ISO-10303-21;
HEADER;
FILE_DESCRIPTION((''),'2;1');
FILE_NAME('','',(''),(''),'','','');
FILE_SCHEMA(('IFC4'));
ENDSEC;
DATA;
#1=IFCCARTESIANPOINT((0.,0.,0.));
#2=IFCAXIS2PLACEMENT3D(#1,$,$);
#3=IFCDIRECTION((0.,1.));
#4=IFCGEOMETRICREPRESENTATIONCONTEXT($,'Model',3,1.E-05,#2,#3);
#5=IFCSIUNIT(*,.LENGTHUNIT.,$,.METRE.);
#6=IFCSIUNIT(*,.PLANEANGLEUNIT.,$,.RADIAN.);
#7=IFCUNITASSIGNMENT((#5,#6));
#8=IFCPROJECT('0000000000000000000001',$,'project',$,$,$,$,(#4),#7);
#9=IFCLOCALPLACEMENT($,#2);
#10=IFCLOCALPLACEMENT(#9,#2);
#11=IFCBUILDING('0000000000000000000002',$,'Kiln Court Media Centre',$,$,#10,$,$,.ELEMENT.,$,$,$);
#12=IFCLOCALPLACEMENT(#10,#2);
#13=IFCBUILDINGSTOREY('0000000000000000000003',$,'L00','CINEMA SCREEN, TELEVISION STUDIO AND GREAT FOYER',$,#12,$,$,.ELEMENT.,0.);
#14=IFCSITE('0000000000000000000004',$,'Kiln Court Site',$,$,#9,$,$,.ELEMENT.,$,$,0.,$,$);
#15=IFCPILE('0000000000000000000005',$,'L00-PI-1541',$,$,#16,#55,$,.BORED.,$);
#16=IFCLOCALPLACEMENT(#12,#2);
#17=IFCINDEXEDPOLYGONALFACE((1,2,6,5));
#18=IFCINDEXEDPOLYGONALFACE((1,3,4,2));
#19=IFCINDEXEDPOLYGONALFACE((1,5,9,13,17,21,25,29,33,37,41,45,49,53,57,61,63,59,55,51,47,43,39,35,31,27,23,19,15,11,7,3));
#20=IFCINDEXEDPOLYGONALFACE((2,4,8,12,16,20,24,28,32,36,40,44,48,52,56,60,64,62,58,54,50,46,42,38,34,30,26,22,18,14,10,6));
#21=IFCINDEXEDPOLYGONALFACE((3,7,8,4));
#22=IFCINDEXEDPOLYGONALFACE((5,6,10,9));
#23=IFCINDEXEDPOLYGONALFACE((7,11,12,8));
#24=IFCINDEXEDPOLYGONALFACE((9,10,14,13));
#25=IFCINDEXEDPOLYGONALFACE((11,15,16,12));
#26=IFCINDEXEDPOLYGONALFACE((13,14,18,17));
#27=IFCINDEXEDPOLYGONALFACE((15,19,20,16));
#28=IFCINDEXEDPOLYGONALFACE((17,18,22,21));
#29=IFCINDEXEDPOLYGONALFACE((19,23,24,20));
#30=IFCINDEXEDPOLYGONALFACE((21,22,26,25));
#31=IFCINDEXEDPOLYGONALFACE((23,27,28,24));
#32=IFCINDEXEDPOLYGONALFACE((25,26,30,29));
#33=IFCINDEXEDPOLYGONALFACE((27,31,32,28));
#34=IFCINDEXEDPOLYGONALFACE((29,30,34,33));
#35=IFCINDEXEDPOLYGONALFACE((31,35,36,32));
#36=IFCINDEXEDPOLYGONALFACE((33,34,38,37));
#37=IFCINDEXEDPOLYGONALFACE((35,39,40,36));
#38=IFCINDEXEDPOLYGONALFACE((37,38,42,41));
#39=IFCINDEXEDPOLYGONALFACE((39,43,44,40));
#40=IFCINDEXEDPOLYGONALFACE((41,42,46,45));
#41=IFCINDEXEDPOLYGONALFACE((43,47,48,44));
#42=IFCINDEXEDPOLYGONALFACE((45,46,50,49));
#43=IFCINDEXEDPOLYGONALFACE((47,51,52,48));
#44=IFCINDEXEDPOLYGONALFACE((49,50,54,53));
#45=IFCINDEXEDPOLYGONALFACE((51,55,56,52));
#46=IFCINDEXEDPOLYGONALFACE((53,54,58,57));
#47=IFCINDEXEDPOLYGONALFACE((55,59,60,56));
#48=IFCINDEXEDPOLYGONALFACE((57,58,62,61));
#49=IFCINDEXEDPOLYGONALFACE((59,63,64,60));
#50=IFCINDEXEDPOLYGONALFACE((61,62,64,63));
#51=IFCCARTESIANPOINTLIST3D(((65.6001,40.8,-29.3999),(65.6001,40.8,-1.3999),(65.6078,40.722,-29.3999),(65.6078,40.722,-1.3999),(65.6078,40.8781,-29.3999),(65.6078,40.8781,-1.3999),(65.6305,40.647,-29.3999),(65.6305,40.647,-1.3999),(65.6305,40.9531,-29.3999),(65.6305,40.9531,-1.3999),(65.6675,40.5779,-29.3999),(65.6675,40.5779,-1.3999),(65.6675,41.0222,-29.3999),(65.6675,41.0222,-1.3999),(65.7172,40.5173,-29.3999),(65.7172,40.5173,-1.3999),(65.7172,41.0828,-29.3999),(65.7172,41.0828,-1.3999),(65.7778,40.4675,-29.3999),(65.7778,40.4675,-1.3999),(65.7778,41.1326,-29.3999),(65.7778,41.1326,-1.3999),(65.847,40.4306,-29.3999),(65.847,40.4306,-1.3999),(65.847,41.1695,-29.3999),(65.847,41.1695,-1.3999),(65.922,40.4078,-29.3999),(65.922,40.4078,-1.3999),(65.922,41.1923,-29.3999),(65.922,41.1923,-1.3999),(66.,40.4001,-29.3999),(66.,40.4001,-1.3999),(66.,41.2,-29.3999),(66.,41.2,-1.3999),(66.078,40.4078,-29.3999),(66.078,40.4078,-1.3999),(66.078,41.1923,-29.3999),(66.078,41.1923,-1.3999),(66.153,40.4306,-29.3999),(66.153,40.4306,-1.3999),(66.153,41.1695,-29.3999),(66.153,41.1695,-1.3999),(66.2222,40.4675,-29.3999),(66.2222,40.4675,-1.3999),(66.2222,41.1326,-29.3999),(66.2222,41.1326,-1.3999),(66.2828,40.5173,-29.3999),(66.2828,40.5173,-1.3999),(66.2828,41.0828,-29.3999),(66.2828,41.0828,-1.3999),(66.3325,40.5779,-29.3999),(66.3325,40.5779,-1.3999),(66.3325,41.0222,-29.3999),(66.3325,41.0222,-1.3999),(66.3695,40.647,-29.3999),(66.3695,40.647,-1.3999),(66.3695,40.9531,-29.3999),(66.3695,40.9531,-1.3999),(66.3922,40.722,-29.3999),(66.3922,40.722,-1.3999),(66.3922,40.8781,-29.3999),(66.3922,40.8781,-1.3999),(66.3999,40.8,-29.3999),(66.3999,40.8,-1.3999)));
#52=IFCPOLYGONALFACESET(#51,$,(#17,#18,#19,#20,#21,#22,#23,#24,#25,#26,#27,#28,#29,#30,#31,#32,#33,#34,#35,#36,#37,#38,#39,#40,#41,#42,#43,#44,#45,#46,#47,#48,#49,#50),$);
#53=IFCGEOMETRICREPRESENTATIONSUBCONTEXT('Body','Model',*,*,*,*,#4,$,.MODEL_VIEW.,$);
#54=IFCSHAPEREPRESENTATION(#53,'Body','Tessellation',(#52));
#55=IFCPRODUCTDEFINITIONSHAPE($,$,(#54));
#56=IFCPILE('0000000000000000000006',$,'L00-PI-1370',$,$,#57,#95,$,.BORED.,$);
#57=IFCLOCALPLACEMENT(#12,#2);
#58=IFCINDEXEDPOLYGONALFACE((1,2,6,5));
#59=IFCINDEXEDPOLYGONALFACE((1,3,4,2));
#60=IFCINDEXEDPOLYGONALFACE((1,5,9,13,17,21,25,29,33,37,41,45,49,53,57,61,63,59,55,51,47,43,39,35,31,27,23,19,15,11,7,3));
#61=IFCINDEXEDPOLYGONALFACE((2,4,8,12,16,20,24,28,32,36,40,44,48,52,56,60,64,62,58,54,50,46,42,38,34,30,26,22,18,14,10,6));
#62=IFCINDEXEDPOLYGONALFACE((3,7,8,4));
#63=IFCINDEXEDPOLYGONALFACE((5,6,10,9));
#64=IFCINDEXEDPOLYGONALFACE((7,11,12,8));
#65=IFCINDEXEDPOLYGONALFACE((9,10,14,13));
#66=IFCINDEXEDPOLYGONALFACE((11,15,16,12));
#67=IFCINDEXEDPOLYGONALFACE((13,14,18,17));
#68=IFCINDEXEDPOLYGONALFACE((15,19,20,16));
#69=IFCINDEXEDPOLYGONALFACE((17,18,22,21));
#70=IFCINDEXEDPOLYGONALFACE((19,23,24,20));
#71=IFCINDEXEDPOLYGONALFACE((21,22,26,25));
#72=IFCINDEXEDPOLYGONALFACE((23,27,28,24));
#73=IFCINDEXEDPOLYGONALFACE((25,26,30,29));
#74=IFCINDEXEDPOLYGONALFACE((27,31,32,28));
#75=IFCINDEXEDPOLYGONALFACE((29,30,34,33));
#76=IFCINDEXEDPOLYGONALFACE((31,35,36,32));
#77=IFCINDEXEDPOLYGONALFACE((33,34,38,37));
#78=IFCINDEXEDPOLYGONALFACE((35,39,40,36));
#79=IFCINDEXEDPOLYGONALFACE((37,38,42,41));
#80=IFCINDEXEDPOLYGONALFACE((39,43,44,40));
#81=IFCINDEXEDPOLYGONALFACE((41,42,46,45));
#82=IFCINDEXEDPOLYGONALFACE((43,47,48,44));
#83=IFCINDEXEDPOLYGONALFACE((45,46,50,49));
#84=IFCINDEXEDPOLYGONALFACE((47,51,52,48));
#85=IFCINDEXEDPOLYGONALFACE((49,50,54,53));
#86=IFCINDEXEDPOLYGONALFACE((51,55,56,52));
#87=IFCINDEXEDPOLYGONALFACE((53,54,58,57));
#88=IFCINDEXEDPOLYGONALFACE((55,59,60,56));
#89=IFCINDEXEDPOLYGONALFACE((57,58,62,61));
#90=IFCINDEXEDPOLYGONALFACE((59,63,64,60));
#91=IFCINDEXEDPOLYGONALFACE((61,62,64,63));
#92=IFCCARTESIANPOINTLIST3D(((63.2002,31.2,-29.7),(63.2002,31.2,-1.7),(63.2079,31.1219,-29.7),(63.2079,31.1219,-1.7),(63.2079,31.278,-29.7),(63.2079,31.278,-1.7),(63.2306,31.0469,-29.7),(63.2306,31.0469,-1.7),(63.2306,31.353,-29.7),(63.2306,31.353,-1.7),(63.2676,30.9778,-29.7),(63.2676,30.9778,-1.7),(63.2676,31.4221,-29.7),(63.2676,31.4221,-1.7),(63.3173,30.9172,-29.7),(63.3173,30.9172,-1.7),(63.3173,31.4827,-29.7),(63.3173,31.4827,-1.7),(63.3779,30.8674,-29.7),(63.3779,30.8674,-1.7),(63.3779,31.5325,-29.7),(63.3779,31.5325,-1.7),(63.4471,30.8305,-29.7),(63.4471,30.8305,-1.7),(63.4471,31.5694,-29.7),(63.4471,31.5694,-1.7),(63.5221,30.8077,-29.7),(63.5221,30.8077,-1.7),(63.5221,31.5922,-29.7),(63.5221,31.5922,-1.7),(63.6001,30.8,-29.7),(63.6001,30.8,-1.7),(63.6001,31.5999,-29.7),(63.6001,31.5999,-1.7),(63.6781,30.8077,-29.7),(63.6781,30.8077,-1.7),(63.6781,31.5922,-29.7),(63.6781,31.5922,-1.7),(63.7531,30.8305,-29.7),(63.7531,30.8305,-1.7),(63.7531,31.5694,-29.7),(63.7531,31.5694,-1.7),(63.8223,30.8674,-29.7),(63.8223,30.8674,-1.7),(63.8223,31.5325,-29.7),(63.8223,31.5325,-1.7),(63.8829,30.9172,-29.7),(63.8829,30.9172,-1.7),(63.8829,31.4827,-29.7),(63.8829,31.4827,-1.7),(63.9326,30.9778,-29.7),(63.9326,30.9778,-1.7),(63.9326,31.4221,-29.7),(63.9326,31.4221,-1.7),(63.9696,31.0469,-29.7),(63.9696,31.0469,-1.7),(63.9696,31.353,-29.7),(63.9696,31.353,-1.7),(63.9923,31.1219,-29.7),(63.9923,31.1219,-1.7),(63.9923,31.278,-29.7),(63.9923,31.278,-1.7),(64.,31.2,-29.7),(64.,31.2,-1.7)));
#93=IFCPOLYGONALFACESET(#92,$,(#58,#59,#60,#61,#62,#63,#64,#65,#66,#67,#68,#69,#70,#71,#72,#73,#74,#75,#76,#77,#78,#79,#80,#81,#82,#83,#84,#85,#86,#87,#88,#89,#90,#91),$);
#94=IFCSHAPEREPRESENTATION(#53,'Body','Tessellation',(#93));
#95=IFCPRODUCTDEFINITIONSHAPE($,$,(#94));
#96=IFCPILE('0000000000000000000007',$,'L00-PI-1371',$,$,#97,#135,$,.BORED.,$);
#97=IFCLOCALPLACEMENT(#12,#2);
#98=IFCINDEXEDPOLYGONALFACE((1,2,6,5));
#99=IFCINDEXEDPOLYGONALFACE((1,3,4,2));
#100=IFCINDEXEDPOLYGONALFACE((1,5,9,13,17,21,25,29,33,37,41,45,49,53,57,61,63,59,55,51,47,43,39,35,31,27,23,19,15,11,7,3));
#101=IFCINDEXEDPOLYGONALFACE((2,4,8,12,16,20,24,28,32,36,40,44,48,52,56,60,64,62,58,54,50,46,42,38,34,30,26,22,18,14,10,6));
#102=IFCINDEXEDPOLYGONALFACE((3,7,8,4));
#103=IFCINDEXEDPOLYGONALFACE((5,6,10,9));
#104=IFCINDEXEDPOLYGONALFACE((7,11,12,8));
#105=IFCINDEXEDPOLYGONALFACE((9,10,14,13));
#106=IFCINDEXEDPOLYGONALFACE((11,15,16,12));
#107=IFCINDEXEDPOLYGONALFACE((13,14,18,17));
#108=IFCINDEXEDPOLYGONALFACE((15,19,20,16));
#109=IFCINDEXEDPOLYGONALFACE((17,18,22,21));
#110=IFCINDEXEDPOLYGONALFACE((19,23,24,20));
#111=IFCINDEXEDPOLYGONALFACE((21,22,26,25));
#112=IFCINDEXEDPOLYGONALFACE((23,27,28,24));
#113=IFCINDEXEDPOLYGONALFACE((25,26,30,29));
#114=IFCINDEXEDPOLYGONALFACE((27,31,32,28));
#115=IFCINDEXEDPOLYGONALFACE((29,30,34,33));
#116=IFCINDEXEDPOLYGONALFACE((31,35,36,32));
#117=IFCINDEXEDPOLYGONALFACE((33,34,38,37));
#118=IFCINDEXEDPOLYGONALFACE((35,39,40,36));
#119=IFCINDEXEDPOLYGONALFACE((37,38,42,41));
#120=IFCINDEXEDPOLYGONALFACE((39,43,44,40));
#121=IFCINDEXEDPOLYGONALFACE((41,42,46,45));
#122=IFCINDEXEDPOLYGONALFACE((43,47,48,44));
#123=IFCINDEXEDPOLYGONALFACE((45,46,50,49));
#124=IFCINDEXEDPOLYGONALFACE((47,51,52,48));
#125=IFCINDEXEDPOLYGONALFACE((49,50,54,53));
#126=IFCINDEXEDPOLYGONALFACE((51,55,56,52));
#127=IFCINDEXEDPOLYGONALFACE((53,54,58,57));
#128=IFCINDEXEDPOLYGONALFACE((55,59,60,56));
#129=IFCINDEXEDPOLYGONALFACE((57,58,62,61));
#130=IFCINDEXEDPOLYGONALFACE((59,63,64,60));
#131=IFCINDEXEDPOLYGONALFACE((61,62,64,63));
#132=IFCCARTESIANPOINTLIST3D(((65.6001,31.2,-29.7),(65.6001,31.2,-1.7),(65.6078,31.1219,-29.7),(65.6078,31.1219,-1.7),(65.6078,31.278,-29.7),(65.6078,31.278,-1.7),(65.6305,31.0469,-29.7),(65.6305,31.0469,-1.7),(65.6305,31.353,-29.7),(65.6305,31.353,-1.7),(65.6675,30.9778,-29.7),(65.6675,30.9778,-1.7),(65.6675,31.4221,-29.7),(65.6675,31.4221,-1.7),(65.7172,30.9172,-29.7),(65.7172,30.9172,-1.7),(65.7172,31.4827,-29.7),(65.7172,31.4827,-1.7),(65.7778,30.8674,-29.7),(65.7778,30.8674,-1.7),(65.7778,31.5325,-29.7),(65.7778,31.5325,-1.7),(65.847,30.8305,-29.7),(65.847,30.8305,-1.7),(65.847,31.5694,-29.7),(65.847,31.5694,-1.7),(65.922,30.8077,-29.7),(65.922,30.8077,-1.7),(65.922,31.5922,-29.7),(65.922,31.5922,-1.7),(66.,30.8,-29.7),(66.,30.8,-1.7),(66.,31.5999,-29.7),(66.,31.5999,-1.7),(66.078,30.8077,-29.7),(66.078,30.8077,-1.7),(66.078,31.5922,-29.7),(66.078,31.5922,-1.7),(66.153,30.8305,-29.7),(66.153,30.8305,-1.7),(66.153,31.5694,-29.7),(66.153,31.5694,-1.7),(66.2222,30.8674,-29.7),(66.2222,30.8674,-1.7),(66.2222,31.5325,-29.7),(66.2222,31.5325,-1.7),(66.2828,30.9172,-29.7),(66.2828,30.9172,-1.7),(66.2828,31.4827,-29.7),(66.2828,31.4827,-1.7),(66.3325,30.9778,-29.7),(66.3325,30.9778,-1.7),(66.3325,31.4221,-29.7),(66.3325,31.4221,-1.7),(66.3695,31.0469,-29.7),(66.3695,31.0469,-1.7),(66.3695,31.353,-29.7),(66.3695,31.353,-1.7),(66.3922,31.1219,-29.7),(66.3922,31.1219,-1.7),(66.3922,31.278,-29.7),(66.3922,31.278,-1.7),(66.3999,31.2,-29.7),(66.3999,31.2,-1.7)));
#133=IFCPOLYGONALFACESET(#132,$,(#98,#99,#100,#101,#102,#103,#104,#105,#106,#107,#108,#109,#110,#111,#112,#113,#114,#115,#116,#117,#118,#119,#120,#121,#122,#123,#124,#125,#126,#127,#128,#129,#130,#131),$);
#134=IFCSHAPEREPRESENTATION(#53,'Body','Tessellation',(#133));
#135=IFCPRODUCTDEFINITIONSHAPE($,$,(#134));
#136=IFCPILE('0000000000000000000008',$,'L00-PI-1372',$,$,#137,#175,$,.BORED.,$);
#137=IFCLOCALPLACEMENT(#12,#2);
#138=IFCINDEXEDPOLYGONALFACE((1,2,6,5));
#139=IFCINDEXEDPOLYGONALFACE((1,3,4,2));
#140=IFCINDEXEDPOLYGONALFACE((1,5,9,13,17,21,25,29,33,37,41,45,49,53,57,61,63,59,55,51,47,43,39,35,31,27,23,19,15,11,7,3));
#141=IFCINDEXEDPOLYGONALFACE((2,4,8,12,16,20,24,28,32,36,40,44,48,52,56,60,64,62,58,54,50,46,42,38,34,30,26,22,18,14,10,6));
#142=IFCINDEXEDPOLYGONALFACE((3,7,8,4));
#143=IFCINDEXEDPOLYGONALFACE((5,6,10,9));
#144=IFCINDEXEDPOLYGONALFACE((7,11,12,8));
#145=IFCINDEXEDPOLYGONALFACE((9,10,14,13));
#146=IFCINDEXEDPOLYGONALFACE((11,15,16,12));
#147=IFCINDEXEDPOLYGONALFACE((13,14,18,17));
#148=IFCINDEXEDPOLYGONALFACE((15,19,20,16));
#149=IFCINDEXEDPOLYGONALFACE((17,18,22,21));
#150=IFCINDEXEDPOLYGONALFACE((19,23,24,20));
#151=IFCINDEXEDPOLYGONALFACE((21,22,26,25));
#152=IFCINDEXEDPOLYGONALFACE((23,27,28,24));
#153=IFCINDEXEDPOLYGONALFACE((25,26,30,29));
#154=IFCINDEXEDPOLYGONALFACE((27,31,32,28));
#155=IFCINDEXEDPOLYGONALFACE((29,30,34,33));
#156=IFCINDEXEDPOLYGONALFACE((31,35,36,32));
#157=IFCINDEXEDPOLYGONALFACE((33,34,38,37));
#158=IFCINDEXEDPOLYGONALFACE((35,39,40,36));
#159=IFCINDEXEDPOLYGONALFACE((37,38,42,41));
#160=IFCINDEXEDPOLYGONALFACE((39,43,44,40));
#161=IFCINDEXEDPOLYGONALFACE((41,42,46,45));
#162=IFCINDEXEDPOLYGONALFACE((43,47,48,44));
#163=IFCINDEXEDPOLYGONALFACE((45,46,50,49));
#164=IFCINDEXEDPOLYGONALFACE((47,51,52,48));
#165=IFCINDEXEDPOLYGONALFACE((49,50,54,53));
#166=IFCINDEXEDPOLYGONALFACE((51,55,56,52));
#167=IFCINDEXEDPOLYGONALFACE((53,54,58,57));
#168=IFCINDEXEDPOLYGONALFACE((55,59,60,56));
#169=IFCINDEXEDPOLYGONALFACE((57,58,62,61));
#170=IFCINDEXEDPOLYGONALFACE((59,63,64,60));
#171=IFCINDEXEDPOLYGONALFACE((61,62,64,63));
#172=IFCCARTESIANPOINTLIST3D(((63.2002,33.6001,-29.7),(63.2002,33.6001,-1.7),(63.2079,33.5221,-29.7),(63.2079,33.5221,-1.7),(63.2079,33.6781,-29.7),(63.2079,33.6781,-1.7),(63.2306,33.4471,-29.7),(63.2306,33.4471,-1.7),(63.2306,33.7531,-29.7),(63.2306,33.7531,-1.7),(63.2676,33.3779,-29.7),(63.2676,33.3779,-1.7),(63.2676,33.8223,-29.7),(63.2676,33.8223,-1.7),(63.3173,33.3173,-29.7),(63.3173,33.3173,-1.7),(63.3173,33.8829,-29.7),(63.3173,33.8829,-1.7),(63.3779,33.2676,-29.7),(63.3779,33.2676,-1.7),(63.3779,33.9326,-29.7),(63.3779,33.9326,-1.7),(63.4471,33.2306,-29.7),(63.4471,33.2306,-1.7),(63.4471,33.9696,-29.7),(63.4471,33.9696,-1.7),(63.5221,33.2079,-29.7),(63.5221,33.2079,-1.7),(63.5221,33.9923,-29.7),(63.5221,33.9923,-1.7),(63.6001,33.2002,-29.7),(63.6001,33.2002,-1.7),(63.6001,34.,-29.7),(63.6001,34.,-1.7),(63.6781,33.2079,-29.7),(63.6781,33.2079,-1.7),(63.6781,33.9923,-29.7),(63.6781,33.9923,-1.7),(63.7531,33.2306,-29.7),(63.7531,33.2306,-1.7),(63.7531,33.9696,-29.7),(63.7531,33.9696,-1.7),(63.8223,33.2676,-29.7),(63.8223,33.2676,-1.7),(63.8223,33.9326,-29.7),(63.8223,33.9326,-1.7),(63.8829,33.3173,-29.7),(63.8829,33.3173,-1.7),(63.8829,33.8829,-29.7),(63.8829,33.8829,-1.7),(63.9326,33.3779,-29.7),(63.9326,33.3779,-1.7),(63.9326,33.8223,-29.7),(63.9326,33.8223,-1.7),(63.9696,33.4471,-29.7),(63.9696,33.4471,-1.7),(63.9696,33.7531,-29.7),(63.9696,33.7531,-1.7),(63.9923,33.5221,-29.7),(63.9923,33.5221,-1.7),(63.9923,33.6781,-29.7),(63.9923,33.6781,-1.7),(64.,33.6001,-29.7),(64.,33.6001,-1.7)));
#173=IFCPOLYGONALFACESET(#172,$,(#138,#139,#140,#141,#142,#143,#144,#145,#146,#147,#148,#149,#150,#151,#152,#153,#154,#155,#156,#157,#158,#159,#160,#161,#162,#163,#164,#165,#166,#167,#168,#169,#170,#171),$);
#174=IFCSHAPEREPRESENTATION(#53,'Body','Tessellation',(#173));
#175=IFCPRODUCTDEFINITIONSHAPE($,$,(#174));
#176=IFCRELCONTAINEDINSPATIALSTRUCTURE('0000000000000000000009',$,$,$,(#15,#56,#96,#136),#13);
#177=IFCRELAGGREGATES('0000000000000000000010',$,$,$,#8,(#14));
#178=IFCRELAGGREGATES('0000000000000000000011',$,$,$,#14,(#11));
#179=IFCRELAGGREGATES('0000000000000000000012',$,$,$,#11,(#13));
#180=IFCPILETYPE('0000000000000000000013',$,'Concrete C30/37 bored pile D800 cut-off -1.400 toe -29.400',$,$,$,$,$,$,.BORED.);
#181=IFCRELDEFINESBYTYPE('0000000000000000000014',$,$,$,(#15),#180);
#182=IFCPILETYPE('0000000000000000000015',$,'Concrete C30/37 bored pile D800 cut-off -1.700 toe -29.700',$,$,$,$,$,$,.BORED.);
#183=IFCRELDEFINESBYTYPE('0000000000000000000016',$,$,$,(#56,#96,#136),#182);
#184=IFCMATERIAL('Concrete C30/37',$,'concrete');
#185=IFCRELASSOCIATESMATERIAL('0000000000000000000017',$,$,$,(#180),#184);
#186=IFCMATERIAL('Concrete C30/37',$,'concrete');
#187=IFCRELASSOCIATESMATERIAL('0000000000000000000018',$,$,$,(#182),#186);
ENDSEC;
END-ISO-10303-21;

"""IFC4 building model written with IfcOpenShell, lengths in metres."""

from ifc_helpers import new_model, si_unit, direction, frame, origin, origin_2d, place, context, subcontext, project, spatial, circle, extrude, material, material_profile, profile_set, type_object, element, save


model = new_model("IFC4")

# Units and contexts
model_context = context("Model", 3, precision=1e-05, world=origin(), true_north=direction((0.0, 1.0)))
body_context = subcontext(model_context, "Body", "Model", "MODEL_VIEW")
ifc_project = project(units=[si_unit("LENGTHUNIT", "METRE"), si_unit("PLANEANGLEUNIT", "RADIAN")], contexts=[model_context])

# Site, building, storey
site_placement = place(None, origin())
site = spatial("IfcSite", under=ifc_project, at=site_placement, Name="Kiln Court Site", CompositionType="ELEMENT", RefElevation=0.0)
building_placement = place(site_placement, origin())
building = spatial("IfcBuilding", under=site, at=building_placement, Name="Kiln Court Media Centre", CompositionType="ELEMENT")
storey_placement = place(building_placement, origin())
storey = spatial("IfcBuildingStorey", under=building, at=storey_placement, Name="L00", Description="CINEMA SCREEN, TELEVISION STUDIO AND GREAT FOYER", CompositionType="ELEMENT", Elevation=0.0)

# Piles
ifc_material_1 = material(Name="Concrete C30/37", Category="concrete")
ifc_material_profile_1 = material_profile(ifc_material_1, circle(Radius=0.3999, at=origin_2d()), Name="PILE D800")
ifc_profile_set_1 = profile_set([ifc_material_profile_1], Name="Concrete C30/37")
pile_type_1 = type_object("IfcPileType", Name="Concrete C30/37 bored pile D800 cut-off -1.400 toe -29.400", PredefinedType="BORED", material=ifc_profile_set_1)
pile_placement = place(storey_placement, frame((66.0, 40.8, -1.3999), z_axis=(0.0, 0.0, -1.0), x_axis=(1.0, 0.0, 0.0)))
element("IfcPile", 1, at=pile_placement, inside=storey, type_object=pile_type_1, Name="L00-PI-1541", PredefinedType="BORED", context=body_context, shape_type="SweptSolid", body=[
    extrude(circle(Radius=0.3999, at=origin_2d()), origin(), (0.0, 0.0, 1.0), 28.0),
])
ifc_material_2 = material(Name="Concrete C30/37", Category="concrete")
ifc_material_profile_2 = material_profile(ifc_material_2, circle(Radius=0.3999, at=origin_2d()), Name="PILE D800")
ifc_profile_set_2 = profile_set([ifc_material_profile_2], Name="Concrete C30/37")
pile_type_2 = type_object("IfcPileType", Name="Concrete C30/37 bored pile D800 cut-off -1.700 toe -29.700", PredefinedType="BORED", material=ifc_profile_set_2)
for number, where, z_axis, x_axis, name in (
    (2, (63.6001, 31.2, -1.7), (0.0, 0.0, -1.0), (1.0, 0.0, 0.0), "L00-PI-1370"),
    (3, (66.0, 31.2, -1.7), (0.0, 0.0, -1.0), (1.0, 0.0, 0.0), "L00-PI-1371"),
    (4, (63.6001, 33.6001, -1.7), (0.0, 0.0, -1.0), (1.0, 0.0, 0.0), "L00-PI-1372"),
):
    element("IfcPile", number, at=place(storey_placement, frame(where, z_axis=z_axis, x_axis=x_axis)), inside=storey, type_object=pile_type_2, Name=name, PredefinedType="BORED", context=body_context, shape_type="SweptSolid", body=[
        extrude(circle(Radius=0.3999, at=origin_2d()), origin(), (0.0, 0.0, 1.0), 28.0),
    ])

save(model, "model.ifc")
